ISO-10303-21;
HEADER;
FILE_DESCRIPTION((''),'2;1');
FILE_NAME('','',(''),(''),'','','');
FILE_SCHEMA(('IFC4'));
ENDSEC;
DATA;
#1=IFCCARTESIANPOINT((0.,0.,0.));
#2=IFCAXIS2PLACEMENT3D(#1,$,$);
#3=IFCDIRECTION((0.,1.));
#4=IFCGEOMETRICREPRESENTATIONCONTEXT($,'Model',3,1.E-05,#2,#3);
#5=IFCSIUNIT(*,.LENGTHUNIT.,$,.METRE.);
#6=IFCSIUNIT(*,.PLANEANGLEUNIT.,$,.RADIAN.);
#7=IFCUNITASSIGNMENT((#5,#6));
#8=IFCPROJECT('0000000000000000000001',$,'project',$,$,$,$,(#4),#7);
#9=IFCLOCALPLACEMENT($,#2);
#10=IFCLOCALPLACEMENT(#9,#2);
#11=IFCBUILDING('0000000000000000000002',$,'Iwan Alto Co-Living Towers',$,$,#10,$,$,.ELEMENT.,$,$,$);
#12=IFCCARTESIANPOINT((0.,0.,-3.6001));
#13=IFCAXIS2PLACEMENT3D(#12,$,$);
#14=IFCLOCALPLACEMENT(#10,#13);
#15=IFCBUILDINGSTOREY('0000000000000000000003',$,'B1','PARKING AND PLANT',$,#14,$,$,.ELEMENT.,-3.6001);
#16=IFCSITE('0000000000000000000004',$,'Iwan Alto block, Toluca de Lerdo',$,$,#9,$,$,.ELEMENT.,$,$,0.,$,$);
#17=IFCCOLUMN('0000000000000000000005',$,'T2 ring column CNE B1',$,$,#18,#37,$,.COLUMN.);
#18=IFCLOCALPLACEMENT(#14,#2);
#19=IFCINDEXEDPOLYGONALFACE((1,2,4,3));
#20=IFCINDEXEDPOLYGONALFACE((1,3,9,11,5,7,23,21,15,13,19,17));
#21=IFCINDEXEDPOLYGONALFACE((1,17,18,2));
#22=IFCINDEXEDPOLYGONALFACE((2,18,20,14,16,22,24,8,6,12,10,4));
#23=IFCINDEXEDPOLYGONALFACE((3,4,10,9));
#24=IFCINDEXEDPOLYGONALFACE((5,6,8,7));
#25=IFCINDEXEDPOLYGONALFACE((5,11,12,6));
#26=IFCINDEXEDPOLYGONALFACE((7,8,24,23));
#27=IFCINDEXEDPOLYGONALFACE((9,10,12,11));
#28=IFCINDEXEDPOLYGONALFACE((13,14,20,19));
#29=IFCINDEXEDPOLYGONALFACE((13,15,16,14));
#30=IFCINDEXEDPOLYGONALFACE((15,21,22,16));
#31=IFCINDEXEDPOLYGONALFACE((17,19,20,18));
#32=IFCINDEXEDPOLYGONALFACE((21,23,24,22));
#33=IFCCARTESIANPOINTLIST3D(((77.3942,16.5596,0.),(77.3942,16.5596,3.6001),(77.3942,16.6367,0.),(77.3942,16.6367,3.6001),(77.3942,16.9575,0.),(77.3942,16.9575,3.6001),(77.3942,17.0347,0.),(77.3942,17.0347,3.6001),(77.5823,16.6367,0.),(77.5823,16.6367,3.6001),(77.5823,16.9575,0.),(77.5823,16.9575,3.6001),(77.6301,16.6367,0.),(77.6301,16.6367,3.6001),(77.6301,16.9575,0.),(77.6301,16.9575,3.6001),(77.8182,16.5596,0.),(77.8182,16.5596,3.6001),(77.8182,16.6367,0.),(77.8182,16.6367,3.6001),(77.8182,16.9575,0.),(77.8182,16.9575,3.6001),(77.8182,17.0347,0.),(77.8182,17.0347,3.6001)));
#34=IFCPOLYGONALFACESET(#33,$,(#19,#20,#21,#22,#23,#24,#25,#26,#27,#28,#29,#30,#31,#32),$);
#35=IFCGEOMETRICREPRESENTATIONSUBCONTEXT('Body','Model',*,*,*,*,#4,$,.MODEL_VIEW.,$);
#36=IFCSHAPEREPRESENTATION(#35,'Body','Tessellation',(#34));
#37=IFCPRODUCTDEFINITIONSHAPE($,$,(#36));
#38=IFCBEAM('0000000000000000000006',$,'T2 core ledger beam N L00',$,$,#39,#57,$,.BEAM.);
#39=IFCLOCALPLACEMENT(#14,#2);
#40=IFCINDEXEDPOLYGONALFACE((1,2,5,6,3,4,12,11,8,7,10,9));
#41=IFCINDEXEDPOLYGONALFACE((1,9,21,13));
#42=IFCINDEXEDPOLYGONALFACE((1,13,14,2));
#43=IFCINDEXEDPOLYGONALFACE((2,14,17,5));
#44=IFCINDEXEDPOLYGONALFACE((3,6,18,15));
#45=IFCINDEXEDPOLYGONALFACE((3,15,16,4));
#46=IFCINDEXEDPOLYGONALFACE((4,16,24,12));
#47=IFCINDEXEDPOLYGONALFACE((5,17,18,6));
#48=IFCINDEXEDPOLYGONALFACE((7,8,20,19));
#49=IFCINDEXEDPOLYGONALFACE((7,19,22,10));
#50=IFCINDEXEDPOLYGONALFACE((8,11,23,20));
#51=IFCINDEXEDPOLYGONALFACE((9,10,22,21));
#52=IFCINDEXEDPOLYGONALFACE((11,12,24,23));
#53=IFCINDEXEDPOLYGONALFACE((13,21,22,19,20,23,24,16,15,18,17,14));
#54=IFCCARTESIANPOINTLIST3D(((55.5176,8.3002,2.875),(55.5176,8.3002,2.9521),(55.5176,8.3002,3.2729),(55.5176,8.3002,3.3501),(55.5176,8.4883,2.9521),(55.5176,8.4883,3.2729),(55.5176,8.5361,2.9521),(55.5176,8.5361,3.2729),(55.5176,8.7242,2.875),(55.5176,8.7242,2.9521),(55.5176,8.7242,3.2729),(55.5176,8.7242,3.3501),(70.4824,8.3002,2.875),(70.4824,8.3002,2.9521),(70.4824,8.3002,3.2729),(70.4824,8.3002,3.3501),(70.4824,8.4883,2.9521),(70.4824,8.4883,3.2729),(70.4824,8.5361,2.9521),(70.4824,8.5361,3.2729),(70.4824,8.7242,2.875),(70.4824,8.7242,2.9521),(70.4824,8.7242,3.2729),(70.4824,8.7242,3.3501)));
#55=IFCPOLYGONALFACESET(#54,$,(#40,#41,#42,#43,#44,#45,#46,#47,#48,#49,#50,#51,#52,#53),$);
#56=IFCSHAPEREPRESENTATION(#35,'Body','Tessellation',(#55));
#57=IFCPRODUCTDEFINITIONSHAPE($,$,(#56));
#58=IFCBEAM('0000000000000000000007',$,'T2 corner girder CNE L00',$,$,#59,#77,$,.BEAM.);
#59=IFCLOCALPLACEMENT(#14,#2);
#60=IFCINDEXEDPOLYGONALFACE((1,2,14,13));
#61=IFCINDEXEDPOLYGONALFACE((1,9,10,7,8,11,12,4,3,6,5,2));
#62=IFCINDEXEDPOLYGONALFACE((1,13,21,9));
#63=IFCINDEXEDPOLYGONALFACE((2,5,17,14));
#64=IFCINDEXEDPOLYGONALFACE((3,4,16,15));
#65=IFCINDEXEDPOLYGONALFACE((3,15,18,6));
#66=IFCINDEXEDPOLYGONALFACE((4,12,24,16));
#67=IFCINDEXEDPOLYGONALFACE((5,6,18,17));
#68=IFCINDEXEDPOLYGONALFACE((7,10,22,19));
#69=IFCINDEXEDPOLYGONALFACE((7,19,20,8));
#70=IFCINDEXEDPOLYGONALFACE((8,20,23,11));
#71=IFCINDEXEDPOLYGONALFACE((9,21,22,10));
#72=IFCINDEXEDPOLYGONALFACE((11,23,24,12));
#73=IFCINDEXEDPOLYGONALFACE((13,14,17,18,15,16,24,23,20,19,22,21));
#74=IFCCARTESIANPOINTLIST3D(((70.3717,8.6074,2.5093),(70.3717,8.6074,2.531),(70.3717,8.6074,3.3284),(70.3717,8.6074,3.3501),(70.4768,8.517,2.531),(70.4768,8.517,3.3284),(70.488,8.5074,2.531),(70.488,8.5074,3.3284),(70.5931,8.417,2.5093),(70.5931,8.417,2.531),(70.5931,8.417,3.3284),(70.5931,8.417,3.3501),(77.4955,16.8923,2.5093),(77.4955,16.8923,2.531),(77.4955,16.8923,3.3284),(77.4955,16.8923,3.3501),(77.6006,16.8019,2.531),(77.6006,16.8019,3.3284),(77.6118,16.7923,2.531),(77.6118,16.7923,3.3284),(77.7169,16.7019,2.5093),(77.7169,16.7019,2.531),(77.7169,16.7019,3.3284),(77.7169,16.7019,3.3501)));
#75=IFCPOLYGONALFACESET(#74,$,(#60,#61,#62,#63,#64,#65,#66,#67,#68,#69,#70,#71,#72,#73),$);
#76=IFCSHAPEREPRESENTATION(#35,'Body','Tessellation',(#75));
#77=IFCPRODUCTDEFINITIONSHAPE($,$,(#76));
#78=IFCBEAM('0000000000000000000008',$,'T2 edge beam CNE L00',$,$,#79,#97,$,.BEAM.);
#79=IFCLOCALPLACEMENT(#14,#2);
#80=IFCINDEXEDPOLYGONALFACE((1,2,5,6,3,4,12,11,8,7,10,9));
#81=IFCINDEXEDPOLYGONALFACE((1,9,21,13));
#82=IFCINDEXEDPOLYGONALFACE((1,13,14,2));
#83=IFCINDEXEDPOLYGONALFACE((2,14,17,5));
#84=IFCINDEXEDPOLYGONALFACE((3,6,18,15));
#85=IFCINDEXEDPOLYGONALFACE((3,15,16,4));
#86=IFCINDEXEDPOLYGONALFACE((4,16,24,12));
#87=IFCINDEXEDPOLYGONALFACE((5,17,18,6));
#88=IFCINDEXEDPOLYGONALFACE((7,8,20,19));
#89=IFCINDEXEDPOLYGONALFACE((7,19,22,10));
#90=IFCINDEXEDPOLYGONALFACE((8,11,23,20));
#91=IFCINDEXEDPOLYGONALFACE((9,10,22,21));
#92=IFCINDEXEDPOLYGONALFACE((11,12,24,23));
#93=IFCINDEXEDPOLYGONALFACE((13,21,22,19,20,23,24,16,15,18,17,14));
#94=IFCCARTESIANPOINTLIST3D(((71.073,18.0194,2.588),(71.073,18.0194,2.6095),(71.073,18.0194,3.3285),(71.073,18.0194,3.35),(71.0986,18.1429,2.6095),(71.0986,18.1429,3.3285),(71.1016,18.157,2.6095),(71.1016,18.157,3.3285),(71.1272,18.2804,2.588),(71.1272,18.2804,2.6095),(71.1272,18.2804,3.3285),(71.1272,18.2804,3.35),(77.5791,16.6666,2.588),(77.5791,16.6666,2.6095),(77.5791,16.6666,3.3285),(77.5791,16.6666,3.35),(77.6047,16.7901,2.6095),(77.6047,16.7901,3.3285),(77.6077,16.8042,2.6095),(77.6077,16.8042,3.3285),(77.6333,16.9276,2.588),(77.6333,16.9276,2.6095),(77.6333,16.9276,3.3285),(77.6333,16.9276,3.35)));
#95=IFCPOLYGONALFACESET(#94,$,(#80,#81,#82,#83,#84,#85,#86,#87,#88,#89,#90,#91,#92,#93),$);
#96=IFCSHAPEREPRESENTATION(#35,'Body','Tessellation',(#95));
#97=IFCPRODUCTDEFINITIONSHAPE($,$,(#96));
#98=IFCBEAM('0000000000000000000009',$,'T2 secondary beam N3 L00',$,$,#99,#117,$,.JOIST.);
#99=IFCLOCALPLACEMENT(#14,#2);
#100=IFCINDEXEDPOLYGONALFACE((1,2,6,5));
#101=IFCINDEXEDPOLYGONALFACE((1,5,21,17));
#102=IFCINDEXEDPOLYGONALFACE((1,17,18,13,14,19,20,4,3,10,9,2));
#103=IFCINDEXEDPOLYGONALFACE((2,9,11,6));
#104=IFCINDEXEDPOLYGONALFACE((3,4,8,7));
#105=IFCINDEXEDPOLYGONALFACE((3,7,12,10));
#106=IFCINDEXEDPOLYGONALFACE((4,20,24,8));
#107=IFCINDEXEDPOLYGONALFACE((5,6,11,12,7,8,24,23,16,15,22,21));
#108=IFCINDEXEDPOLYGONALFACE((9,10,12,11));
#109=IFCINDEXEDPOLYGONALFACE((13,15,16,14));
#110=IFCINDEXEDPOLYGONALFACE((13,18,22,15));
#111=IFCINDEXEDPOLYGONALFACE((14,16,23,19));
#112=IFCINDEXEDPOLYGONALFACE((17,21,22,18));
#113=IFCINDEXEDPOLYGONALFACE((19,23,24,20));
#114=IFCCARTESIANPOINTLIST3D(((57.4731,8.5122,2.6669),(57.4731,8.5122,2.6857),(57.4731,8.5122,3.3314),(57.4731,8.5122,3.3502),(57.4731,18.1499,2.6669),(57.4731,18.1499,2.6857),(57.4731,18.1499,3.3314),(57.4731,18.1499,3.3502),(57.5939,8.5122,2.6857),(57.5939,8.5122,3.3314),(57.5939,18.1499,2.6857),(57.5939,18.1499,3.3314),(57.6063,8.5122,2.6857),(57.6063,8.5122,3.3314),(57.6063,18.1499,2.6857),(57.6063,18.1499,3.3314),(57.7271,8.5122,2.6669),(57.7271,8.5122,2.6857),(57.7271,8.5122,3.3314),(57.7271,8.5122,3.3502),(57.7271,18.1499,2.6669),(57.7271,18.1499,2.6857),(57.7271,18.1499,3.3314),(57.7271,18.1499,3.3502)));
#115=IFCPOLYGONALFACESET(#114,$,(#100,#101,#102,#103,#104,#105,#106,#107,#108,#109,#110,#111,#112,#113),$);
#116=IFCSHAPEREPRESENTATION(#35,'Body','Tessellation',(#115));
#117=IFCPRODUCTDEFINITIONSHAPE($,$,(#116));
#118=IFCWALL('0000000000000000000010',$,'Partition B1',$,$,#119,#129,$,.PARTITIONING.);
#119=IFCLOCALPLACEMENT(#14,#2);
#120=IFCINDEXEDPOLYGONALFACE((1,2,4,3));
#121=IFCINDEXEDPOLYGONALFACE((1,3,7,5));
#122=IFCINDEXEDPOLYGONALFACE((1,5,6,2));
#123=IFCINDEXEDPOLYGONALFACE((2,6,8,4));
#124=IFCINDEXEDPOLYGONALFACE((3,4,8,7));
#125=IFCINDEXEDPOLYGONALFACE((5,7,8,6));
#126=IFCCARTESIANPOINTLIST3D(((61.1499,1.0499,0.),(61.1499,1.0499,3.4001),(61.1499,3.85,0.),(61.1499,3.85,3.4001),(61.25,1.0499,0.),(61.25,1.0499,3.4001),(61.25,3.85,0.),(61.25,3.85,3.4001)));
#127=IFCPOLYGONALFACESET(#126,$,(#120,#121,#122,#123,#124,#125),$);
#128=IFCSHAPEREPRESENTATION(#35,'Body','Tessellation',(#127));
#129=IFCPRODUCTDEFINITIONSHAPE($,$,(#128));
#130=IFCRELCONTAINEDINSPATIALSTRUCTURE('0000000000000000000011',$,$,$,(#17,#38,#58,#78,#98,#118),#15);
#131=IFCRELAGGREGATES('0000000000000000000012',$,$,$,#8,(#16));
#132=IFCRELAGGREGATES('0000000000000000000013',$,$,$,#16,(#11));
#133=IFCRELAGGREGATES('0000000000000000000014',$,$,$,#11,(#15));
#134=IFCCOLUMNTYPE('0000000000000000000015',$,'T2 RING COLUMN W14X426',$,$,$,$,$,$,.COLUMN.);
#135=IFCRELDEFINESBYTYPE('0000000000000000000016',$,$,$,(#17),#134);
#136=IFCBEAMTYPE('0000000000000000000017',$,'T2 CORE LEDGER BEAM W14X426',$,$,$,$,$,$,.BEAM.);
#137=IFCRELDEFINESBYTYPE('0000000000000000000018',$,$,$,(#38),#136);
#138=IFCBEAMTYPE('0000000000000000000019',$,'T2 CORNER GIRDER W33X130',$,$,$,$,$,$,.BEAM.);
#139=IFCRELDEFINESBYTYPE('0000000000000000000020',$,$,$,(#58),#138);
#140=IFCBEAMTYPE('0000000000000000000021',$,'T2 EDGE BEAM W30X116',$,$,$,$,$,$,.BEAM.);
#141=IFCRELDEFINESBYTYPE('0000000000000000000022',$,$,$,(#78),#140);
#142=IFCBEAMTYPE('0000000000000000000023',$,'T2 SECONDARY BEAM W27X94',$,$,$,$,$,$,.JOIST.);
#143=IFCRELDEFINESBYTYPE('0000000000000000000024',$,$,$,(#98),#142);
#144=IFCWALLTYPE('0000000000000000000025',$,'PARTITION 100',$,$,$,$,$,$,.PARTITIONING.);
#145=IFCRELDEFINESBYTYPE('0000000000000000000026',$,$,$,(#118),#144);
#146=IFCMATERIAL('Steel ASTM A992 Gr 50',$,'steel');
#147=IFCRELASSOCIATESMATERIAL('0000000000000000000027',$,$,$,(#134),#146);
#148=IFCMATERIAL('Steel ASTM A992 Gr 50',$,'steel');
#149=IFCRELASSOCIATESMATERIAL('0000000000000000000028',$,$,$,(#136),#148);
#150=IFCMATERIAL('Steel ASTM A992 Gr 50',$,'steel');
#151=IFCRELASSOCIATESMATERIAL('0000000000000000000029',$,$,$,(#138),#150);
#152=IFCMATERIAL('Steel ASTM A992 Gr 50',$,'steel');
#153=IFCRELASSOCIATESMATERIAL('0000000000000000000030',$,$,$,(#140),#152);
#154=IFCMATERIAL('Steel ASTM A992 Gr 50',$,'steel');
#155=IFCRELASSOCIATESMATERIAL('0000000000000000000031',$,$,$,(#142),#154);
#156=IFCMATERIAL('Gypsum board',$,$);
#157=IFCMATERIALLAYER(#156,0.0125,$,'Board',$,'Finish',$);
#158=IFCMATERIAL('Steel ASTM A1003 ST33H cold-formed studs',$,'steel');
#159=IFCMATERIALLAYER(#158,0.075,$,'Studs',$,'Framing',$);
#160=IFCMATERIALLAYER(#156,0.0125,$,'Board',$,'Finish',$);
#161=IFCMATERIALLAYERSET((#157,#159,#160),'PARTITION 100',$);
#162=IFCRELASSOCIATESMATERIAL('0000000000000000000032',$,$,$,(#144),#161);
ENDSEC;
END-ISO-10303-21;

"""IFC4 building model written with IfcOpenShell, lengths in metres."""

from ifc_helpers import new_model, si_unit, direction, frame, frame_2d, origin, origin_2d, place, context, subcontext, project, spatial, rectangle, i_section, extrude, material, layer, layer_set, material_profile, profile_set, type_object, element, save


model = new_model("IFC4")

# Units and contexts
model_context = context("Model", 3, precision=1e-05, world=origin(), true_north=direction((0.0, 1.0)))
body_context = subcontext(model_context, "Body", "Model", "MODEL_VIEW")
ifc_project = project(units=[si_unit("LENGTHUNIT", "METRE"), si_unit("PLANEANGLEUNIT", "RADIAN")], contexts=[model_context])

# Site, building, storey
site_placement = place(None, origin())
site = spatial("IfcSite", under=ifc_project, at=site_placement, Name="Iwan Alto block, Toluca de Lerdo", CompositionType="ELEMENT", RefElevation=0.0)
building_placement = place(site_placement, origin())
building = spatial("IfcBuilding", under=site, at=building_placement, Name="Iwan Alto Co-Living Towers", CompositionType="ELEMENT")
storey_placement = place(building_placement, frame((0.0, 0.0, -3.6001)))
storey = spatial("IfcBuildingStorey", under=building, at=storey_placement, Name="B1", Description="PARKING AND PLANT", CompositionType="ELEMENT", Elevation=-3.6001)

# Column
ifc_material_1 = material(Name="Steel ASTM A992 Gr 50", Category="steel")
ifc_material_profile_1 = material_profile(ifc_material_1, i_section(OverallWidth=0.4241, OverallDepth=0.4751, WebThickness=0.0479, FlangeThickness=0.0771, at=origin_2d()), Name="W14X426")
ifc_profile_set_1 = profile_set([ifc_material_profile_1], Name="Steel ASTM A992 Gr 50")
column_type = type_object("IfcColumnType", Name="T2 RING COLUMN W14X426", PredefinedType="COLUMN", material=ifc_profile_set_1)
column_placement = place(storey_placement, frame((77.6062, 16.7971, 0.0), z_axis=(0.0, 0.0, 1.0), x_axis=(1.0, 0.0, 0.0)))
element("IfcColumn", 1, at=column_placement, inside=storey, type_object=column_type, Name="T2 ring column CNE B1", PredefinedType="COLUMN", context=body_context, shape_type="SweptSolid", body=[
    extrude(i_section(OverallWidth=0.4241, OverallDepth=0.4751, WebThickness=0.0479, FlangeThickness=0.0771, at=origin_2d()), origin(), (0.0, 0.0, 1.0), 3.6001),
])

# Beams
ifc_material_2 = material(Name="Steel ASTM A992 Gr 50", Category="steel")
ifc_material_profile_2 = material_profile(ifc_material_2, i_section(OverallWidth=0.4241, OverallDepth=0.4751, WebThickness=0.0479, FlangeThickness=0.0771, at=origin_2d()), Name="W14X426")
ifc_profile_set_2 = profile_set([ifc_material_profile_2], Name="Steel ASTM A992 Gr 50")
beam_type_1 = type_object("IfcBeamType", Name="T2 CORE LEDGER BEAM W14X426", PredefinedType="BEAM", material=ifc_profile_set_2)
beam_1_placement = place(storey_placement, frame((70.4824, 8.5122, 3.1125), z_axis=(-1.0, 0.0, 0.0), x_axis=(0.0, -1.0, 0.0)))
element("IfcBeam", 2, at=beam_1_placement, inside=storey, type_object=beam_type_1, Name="T2 core ledger beam N L00", PredefinedType="BEAM", context=body_context, shape_type="SweptSolid", body=[
    extrude(i_section(OverallWidth=0.4241, OverallDepth=0.4751, WebThickness=0.0479, FlangeThickness=0.0771, at=origin_2d()), origin(), (0.0, 0.0, 1.0), 14.9648),
])
ifc_material_3 = material(Name="Steel ASTM A992 Gr 50", Category="steel")
ifc_material_profile_3 = material_profile(ifc_material_3, i_section(OverallWidth=0.292, OverallDepth=0.8408, WebThickness=0.0146, FlangeThickness=0.0217, at=origin_2d()), Name="W33X130")
ifc_profile_set_3 = profile_set([ifc_material_profile_3], Name="Steel ASTM A992 Gr 50")
beam_type_2 = type_object("IfcBeamType", Name="T2 CORNER GIRDER W33X130", PredefinedType="BEAM", material=ifc_profile_set_3)
beam_2_placement = place(storey_placement, frame((77.6062, 16.7971, 2.9297), z_axis=(-0.651974, -0.758242, 0.0), x_axis=(0.758242, -0.651974, 0.0)))
element("IfcBeam", 3, at=beam_2_placement, inside=storey, type_object=beam_type_2, Name="T2 corner girder CNE L00", PredefinedType="BEAM", context=body_context, shape_type="SweptSolid", body=[
    extrude(i_section(OverallWidth=0.292, OverallDepth=0.8408, WebThickness=0.0146, FlangeThickness=0.0217, at=origin_2d()), origin(), (0.0, 0.0, 1.0), 10.9265),
])
ifc_material_4 = material(Name="Steel ASTM A992 Gr 50", Category="steel")
ifc_material_profile_4 = material_profile(ifc_material_4, i_section(OverallWidth=0.2666, OverallDepth=0.762, WebThickness=0.0144, FlangeThickness=0.0215, at=origin_2d()), Name="W30X116")
ifc_profile_set_4 = profile_set([ifc_material_profile_4], Name="Steel ASTM A992 Gr 50")
beam_type_3 = type_object("IfcBeamType", Name="T2 EDGE BEAM W30X116", PredefinedType="BEAM", material=ifc_profile_set_4)
beam_3_placement = place(storey_placement, frame((77.6062, 16.7971, 2.969), z_axis=(-0.97906, 0.203571, 0.0), x_axis=(-0.203571, -0.97906, 0.0)))
element("IfcBeam", 4, at=beam_3_placement, inside=storey, type_object=beam_type_3, Name="T2 edge beam CNE L00", PredefinedType="BEAM", context=body_context, shape_type="SweptSolid", body=[
    extrude(i_section(OverallWidth=0.2666, OverallDepth=0.762, WebThickness=0.0144, FlangeThickness=0.0215, at=origin_2d()), origin(), (0.0, 0.0, 1.0), 6.6453),
])
ifc_material_5 = material(Name="Steel ASTM A992 Gr 50", Category="steel")
ifc_material_profile_5 = material_profile(ifc_material_5, i_section(OverallWidth=0.2539, OverallDepth=0.6833, WebThickness=0.0125, FlangeThickness=0.0188, at=origin_2d()), Name="W27X94")
ifc_profile_set_5 = profile_set([ifc_material_profile_5], Name="Steel ASTM A992 Gr 50")
beam_type_4 = type_object("IfcBeamType", Name="T2 SECONDARY BEAM W27X94", PredefinedType="JOIST", material=ifc_profile_set_5)
beam_4_placement = place(storey_placement, frame((57.6001, 18.1499, 3.0085), z_axis=(0.0, -1.0, 0.0), x_axis=(1.0, 0.0, 0.0)))
element("IfcBeam", 5, at=beam_4_placement, inside=storey, type_object=beam_type_4, Name="T2 secondary beam N3 L00", PredefinedType="JOIST", context=body_context, shape_type="SweptSolid", body=[
    extrude(i_section(OverallWidth=0.2539, OverallDepth=0.6833, WebThickness=0.0125, FlangeThickness=0.0188, at=origin_2d()), origin(), (0.0, 0.0, 1.0), 9.6377),
])

# Wall
ifc_material_6 = material(Name="Gypsum board")
ifc_layer_1 = layer(ifc_material_6, 0.0125, Name="Board", Category="Finish")
ifc_material_7 = material(Name="Steel ASTM A1003 ST33H cold-formed studs", Category="steel")
ifc_layer_2 = layer(ifc_material_7, 0.075, Name="Studs", Category="Framing")
ifc_layer_3 = layer(ifc_material_6, 0.0125, Name="Board", Category="Finish")
ifc_layer_set_1 = layer_set([ifc_layer_1, ifc_layer_2, ifc_layer_3], Name="PARTITION 100")
wall_type_1 = type_object("IfcWallType", Name="PARTITION 100", PredefinedType="PARTITIONING", material=ifc_layer_set_1)
wall_1_placement = place(storey_placement, frame((61.2, 1.05, 0.0), z_axis=(0.0, 0.0, 1.0), x_axis=(0.0, 1.0, 0.0)))
element("IfcWall", 6, at=wall_1_placement, inside=storey, type_object=wall_type_1, Name="Partition B1", PredefinedType="PARTITIONING", context=body_context, shape_type="SweptSolid", body=[
    extrude(rectangle(XDim=2.8, YDim=0.1001, at=frame_2d((1.3999, 0.0))), origin(), (0.0, 0.0, 1.0), 3.4001),
])

save(model, "model.ifc")
